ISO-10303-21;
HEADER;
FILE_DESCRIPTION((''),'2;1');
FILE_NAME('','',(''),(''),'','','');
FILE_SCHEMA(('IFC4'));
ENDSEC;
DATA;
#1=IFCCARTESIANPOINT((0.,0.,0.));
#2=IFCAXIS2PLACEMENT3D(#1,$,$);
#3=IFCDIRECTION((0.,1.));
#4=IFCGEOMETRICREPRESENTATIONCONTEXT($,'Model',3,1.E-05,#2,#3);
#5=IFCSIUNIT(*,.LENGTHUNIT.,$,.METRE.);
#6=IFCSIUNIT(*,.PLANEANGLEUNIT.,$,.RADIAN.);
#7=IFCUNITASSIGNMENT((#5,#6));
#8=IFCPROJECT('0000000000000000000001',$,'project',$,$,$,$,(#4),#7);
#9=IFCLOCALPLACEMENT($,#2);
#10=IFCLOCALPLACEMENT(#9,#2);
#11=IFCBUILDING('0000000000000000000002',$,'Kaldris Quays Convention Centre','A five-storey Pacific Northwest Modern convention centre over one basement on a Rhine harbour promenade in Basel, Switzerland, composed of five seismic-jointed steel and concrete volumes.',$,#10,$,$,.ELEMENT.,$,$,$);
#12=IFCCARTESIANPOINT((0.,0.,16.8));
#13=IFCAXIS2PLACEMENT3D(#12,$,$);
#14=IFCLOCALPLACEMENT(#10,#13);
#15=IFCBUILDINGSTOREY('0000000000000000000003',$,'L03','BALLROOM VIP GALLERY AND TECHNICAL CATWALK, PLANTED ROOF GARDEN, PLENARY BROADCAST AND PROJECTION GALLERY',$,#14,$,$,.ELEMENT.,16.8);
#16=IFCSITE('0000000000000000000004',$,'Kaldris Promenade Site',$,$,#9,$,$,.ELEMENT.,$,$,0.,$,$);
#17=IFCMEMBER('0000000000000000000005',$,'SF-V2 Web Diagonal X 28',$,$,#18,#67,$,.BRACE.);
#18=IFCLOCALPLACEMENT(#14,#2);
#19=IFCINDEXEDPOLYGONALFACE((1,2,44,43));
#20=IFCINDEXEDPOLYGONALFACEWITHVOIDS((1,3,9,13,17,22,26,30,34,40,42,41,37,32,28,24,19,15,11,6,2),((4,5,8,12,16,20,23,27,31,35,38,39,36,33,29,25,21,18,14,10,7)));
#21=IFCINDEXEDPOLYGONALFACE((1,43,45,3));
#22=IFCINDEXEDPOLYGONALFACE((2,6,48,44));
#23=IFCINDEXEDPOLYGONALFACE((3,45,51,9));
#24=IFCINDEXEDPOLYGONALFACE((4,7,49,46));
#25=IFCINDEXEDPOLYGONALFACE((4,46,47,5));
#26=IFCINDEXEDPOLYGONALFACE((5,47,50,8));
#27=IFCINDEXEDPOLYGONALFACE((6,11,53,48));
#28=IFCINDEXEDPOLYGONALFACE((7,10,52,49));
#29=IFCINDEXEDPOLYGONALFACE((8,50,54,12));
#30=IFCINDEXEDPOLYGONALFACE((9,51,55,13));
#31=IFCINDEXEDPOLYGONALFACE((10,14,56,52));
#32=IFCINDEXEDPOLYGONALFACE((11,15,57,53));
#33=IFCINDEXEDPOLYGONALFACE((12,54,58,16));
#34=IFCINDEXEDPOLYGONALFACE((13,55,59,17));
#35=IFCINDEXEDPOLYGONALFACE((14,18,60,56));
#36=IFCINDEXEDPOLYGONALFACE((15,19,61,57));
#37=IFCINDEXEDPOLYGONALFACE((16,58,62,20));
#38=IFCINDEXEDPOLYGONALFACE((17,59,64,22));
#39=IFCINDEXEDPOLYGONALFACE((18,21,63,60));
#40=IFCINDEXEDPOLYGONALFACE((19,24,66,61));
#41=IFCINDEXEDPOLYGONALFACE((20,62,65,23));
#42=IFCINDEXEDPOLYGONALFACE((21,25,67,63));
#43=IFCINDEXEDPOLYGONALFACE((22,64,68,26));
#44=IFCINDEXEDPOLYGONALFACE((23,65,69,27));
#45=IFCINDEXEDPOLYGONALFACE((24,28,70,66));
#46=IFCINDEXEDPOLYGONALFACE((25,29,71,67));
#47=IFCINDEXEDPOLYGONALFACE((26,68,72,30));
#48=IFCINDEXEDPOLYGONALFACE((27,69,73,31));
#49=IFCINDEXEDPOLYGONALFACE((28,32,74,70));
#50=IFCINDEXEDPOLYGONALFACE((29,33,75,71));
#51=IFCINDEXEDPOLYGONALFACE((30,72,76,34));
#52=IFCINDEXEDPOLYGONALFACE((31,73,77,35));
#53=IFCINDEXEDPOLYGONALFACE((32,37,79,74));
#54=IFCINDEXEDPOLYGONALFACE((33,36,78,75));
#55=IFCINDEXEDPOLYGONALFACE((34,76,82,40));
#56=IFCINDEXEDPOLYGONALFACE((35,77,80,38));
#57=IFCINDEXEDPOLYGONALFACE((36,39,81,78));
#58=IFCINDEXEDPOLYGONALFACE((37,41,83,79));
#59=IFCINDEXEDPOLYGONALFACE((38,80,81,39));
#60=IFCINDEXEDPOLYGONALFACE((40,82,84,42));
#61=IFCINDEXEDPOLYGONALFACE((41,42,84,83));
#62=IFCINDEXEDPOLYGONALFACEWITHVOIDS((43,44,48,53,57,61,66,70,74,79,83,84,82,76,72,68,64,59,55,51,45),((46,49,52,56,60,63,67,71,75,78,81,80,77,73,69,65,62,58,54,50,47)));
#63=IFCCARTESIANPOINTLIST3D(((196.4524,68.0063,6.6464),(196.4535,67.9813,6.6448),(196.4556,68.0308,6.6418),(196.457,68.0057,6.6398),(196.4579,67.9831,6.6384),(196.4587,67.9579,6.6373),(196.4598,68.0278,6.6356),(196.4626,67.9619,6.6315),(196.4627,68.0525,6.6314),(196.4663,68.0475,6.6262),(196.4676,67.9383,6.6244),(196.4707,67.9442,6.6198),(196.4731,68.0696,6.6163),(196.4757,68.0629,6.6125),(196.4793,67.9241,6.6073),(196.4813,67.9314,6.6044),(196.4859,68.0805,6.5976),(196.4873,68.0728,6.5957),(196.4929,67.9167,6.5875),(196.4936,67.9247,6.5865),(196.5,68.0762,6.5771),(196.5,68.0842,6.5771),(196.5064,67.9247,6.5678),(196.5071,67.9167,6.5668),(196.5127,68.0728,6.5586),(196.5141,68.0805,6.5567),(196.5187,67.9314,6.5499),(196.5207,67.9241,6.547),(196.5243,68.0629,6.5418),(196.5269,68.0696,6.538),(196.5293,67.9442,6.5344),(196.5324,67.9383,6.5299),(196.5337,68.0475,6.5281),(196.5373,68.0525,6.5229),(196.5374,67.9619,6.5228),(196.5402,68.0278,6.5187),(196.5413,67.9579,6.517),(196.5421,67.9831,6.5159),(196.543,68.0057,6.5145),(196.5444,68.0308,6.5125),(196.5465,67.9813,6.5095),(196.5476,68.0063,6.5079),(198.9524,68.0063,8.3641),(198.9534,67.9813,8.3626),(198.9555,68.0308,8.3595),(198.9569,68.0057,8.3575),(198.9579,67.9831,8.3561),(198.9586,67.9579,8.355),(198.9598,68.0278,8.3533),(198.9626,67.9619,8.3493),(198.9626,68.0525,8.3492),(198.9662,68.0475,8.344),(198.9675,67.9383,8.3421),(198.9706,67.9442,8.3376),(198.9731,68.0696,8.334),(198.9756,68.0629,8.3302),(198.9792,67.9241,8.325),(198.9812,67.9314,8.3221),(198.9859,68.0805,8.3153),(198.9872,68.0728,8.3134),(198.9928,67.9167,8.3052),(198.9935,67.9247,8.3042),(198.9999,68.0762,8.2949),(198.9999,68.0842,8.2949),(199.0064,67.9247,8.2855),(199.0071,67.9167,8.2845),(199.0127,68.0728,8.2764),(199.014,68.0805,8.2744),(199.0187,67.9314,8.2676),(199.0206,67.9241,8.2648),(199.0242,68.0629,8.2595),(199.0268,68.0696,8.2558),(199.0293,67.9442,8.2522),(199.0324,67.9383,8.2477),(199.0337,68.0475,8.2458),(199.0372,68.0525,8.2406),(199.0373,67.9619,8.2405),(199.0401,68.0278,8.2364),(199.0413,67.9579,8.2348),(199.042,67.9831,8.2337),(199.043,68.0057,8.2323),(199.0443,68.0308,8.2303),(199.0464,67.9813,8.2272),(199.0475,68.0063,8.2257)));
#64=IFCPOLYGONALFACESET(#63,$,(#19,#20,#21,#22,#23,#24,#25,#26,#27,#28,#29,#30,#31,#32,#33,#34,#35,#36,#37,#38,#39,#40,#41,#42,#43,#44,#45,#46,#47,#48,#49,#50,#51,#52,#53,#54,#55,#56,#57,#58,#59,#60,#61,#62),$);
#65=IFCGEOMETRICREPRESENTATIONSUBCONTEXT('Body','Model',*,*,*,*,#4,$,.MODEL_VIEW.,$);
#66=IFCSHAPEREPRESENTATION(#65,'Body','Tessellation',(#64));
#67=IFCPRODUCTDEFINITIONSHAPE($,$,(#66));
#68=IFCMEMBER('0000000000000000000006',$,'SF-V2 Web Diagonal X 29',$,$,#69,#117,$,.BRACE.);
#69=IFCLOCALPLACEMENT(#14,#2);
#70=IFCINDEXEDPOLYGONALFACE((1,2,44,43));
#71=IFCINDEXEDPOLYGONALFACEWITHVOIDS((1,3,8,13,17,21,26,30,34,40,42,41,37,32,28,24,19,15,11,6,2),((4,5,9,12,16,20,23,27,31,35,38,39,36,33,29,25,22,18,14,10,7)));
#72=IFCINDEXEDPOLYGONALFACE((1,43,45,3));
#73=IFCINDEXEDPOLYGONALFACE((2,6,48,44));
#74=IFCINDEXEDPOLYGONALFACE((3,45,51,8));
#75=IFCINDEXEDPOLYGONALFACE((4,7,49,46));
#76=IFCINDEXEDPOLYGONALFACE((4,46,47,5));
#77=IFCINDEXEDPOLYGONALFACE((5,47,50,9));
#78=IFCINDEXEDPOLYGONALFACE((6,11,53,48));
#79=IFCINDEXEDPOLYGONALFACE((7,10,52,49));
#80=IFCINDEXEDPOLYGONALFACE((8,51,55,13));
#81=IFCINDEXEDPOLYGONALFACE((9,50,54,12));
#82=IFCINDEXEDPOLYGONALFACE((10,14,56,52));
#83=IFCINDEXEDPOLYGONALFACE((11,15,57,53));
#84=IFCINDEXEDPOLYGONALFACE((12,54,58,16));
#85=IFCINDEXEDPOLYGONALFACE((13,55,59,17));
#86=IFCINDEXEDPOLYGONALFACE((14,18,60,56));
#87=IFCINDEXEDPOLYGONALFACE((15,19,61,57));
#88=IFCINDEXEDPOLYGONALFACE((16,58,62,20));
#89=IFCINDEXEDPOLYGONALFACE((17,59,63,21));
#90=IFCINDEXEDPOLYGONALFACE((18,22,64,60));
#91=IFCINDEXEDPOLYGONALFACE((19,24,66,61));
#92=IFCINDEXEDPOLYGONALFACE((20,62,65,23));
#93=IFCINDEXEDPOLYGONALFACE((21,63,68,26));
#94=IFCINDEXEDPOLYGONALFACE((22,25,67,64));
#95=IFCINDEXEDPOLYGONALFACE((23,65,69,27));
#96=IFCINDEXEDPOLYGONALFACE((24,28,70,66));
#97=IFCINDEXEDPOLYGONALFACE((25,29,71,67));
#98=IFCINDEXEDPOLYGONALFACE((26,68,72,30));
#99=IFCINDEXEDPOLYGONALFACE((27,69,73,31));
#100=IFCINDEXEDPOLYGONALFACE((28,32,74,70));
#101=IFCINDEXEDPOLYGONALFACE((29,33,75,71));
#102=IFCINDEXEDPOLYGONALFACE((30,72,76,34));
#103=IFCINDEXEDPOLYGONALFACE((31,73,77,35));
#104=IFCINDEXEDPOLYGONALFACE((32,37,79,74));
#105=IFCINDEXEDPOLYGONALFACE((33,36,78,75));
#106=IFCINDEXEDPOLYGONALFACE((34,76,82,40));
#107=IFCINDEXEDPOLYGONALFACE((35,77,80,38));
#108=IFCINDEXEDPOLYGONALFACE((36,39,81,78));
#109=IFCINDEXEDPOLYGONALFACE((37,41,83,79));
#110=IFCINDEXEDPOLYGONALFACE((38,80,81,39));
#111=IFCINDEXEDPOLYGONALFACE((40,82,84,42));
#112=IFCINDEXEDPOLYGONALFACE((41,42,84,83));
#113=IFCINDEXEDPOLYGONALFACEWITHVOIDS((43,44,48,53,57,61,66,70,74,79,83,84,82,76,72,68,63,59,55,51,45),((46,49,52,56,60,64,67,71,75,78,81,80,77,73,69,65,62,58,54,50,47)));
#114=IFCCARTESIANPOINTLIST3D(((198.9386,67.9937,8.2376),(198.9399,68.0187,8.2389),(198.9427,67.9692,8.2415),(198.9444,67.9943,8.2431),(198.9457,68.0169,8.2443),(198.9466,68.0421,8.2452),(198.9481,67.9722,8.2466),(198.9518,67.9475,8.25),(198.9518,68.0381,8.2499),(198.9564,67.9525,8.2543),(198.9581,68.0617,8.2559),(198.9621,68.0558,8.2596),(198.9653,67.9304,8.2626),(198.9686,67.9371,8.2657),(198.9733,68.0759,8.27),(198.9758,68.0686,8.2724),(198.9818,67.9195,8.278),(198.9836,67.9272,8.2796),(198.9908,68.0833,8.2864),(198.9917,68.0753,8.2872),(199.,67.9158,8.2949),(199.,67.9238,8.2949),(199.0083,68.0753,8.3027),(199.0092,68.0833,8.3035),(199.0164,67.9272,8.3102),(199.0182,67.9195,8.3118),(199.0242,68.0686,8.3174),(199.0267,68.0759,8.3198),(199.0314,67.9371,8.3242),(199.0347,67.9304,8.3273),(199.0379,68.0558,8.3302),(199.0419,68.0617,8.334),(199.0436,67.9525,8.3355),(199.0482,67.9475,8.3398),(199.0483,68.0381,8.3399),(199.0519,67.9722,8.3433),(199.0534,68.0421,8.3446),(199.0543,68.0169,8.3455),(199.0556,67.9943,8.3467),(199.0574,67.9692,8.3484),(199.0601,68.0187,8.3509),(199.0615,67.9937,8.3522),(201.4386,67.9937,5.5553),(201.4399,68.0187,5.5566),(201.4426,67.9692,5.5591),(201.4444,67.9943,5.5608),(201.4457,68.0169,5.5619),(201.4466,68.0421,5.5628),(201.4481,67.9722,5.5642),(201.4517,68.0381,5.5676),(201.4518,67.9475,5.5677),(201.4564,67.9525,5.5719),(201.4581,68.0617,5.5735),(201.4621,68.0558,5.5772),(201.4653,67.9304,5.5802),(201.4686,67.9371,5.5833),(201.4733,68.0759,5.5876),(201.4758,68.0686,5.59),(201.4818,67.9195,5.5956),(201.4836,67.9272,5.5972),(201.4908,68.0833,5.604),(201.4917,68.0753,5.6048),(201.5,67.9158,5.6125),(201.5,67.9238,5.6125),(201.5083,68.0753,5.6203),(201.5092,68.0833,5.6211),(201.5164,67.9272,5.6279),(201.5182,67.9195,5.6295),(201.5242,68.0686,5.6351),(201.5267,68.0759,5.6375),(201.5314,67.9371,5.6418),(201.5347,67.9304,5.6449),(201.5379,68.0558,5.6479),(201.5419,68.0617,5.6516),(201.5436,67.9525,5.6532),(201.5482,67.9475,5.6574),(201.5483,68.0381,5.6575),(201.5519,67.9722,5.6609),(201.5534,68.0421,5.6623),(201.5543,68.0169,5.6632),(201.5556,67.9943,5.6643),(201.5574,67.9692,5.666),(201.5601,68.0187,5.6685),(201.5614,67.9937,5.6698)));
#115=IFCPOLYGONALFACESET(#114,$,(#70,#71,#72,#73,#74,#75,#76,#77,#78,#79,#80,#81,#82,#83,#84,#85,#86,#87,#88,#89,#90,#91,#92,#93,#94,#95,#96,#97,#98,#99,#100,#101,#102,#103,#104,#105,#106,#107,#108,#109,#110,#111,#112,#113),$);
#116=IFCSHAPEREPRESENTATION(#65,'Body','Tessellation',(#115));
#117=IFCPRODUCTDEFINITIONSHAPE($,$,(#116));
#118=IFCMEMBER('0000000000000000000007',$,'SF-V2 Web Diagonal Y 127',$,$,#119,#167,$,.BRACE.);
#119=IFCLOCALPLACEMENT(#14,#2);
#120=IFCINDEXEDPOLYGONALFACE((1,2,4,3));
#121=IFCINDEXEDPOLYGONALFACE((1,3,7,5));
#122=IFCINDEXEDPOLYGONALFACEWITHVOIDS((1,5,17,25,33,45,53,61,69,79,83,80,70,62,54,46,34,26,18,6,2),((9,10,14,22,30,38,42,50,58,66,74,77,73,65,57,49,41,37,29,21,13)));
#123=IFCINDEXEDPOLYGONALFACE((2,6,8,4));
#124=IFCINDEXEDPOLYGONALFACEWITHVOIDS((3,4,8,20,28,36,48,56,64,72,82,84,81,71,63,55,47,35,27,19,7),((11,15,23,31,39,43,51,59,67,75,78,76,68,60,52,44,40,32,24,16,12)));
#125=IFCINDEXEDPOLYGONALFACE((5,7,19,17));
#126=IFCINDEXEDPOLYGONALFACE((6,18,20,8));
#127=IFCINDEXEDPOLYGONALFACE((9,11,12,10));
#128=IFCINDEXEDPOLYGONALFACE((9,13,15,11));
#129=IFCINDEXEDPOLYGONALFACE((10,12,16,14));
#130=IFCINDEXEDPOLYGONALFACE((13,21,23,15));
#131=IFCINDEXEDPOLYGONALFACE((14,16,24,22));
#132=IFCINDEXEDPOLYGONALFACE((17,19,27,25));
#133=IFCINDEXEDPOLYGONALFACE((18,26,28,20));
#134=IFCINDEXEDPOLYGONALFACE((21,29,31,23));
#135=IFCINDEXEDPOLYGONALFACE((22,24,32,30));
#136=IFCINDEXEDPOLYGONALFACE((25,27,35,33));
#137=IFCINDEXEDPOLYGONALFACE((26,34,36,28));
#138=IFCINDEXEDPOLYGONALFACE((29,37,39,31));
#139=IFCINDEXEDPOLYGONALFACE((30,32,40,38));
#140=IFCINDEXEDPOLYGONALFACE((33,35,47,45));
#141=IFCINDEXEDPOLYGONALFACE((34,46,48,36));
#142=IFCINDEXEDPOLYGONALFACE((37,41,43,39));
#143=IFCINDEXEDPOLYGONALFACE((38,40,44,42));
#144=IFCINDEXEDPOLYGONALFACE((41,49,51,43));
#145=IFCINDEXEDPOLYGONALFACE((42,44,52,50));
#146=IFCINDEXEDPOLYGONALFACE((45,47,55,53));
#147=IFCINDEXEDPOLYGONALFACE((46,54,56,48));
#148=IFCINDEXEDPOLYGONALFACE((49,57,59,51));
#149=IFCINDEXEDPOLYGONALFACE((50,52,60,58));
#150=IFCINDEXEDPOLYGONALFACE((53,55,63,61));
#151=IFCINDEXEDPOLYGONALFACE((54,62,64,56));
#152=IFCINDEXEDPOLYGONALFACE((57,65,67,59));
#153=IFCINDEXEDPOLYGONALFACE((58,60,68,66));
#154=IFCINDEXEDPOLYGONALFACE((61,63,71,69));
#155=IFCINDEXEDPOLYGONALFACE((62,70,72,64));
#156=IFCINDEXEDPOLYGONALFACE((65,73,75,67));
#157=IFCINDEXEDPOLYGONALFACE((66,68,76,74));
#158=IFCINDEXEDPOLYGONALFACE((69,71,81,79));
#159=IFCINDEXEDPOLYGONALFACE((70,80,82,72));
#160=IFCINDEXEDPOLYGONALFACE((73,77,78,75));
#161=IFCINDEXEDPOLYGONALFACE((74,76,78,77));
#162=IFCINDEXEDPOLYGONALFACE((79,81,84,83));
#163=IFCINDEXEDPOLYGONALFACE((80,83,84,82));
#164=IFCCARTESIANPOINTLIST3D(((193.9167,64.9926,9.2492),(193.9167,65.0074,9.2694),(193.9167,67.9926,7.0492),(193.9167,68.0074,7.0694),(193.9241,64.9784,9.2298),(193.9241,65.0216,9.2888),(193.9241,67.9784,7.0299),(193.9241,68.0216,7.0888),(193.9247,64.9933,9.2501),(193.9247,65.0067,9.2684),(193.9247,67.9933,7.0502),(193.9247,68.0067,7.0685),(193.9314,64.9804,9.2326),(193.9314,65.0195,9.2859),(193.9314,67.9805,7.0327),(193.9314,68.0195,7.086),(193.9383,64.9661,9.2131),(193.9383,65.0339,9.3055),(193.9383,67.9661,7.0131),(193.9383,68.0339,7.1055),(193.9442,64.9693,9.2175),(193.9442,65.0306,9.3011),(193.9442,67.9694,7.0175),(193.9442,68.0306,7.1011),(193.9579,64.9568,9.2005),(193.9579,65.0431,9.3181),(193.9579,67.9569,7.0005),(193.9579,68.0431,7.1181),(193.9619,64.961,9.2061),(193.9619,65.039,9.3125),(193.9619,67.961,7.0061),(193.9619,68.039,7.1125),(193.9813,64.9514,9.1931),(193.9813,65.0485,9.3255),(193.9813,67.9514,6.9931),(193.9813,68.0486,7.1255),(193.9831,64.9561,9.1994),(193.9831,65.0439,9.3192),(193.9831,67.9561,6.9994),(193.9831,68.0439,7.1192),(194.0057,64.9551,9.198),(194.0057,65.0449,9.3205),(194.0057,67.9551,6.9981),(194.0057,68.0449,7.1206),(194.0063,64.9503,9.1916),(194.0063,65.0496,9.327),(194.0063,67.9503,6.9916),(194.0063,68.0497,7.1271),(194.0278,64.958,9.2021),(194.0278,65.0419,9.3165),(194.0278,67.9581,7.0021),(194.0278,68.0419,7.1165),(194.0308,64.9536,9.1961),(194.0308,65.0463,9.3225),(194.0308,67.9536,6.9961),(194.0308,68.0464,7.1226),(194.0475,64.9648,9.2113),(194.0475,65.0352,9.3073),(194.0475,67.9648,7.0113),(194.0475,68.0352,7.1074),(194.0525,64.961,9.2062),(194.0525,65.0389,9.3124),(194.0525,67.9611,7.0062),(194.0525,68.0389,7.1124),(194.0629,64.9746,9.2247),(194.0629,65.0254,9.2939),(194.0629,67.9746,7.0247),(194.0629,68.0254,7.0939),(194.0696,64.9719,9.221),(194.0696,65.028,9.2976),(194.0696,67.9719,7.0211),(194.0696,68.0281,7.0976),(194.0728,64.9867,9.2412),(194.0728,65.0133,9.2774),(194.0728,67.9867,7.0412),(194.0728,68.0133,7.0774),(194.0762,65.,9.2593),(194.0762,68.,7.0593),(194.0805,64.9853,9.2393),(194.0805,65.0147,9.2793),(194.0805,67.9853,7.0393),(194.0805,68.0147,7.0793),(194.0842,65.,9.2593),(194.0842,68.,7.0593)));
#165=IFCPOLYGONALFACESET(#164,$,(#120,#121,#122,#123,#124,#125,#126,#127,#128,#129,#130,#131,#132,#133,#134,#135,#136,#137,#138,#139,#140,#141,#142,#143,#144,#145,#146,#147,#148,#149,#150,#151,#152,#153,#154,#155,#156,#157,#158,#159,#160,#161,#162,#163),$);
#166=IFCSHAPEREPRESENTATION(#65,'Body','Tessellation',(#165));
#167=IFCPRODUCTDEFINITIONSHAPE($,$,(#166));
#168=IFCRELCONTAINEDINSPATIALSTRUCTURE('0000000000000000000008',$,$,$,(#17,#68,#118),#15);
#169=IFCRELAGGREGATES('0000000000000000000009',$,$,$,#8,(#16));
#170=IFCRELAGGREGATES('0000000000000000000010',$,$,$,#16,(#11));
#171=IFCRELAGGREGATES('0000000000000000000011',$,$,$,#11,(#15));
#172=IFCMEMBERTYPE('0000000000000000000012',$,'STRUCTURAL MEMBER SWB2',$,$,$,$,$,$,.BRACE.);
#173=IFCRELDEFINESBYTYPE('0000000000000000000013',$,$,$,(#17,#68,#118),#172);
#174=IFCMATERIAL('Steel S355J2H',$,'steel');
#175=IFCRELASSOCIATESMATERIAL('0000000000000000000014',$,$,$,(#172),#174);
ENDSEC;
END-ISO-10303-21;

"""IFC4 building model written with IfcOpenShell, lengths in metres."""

from ifc_helpers import new_model, si_unit, direction, frame, origin, origin_2d, place, context, subcontext, project, spatial, hollow_circle, extrude, material, material_profile, profile_set, type_object, element, save


model = new_model("IFC4")

# Units and contexts
model_context = context("Model", 3, precision=1e-05, world=origin(), true_north=direction((0.0, 1.0)))
body_context = subcontext(model_context, "Body", "Model", "MODEL_VIEW")
ifc_project = project(units=[si_unit("LENGTHUNIT", "METRE"), si_unit("PLANEANGLEUNIT", "RADIAN")], contexts=[model_context])

# Site, building, storey
site_placement = place(None, origin())
site = spatial("IfcSite", under=ifc_project, at=site_placement, Name="Kaldris Promenade Site", CompositionType="ELEMENT", RefElevation=0.0)
building_placement = place(site_placement, origin())
building = spatial("IfcBuilding", under=site, at=building_placement, Name="Kaldris Quays Convention Centre", Description="A five-storey Pacific Northwest Modern convention centre over one basement on a Rhine harbour promenade in Basel, Switzerland, composed of five seismic-jointed steel and concrete volumes.", CompositionType="ELEMENT")
storey_placement = place(building_placement, frame((0.0, 0.0, 16.8)))
storey = spatial("IfcBuildingStorey", under=building, at=storey_placement, Name="L03", Description="BALLROOM VIP GALLERY AND TECHNICAL CATWALK, PLANTED ROOF GARDEN, PLENARY BROADCAST AND PROJECTION GALLERY", CompositionType="ELEMENT", Elevation=16.8)

# Members
ifc_material_1 = material(Name="Steel S355J2H", Category="steel")
ifc_material_profile_1 = material_profile(ifc_material_1, hollow_circle(Radius=0.0842, WallThickness=0.0081, at=origin_2d()), Name="CHS 168.3x8")
ifc_profile_set_1 = profile_set([ifc_material_profile_1], Name="Steel S355J2H")
member_type_1 = type_object("IfcMemberType", Name="STRUCTURAL MEMBER SWB2", PredefinedType="BRACE", material=ifc_profile_set_1)
member_1_placement = place(storey_placement, frame((196.5, 68.0, 6.5771), z_axis=(0.824192, 0.0, 0.56631), x_axis=(0.0, 1.0, 0.0)))
element("IfcMember", 1, at=member_1_placement, inside=storey, type_object=member_type_1, Name="SF-V2 Web Diagonal X 28", PredefinedType="BRACE", context=body_context, shape_type="SweptSolid", body=[
    extrude(hollow_circle(Radius=0.0842, WallThickness=0.0081, at=origin_2d()), origin(), (0.0, 0.0, 1.0), 3.0332),
])
member_2_placement = place(storey_placement, frame((201.5, 68.0, 5.6125), z_axis=(-0.681801, 0.0, 0.731538), x_axis=(0.0, -1.0, 0.0)))
element("IfcMember", 2, at=member_2_placement, inside=storey, type_object=member_type_1, Name="SF-V2 Web Diagonal X 29", PredefinedType="BRACE", context=body_context, shape_type="SweptSolid", body=[
    extrude(hollow_circle(Radius=0.0842, WallThickness=0.0081, at=origin_2d()), origin(), (0.0, 0.0, 1.0), 3.6667),
])
for number, where, z_axis, x_axis, name in (
    (3, (194.0, 68.0, 7.0593), (0.0, -0.806411, 0.591355), (1.0, 0.0, 0.0), "SF-V2 Web Diagonal Y 127"),
):
    element("IfcMember", number, at=place(storey_placement, frame(where, z_axis=z_axis, x_axis=x_axis)), inside=storey, type_object=member_type_1, Name=name, PredefinedType="BRACE", context=body_context, shape_type="SweptSolid", body=[
        extrude(hollow_circle(Radius=0.0842, WallThickness=0.0081, at=origin_2d()), origin(), (0.0, 0.0, 1.0), 3.7202),
    ])

save(model, "model.ifc")
